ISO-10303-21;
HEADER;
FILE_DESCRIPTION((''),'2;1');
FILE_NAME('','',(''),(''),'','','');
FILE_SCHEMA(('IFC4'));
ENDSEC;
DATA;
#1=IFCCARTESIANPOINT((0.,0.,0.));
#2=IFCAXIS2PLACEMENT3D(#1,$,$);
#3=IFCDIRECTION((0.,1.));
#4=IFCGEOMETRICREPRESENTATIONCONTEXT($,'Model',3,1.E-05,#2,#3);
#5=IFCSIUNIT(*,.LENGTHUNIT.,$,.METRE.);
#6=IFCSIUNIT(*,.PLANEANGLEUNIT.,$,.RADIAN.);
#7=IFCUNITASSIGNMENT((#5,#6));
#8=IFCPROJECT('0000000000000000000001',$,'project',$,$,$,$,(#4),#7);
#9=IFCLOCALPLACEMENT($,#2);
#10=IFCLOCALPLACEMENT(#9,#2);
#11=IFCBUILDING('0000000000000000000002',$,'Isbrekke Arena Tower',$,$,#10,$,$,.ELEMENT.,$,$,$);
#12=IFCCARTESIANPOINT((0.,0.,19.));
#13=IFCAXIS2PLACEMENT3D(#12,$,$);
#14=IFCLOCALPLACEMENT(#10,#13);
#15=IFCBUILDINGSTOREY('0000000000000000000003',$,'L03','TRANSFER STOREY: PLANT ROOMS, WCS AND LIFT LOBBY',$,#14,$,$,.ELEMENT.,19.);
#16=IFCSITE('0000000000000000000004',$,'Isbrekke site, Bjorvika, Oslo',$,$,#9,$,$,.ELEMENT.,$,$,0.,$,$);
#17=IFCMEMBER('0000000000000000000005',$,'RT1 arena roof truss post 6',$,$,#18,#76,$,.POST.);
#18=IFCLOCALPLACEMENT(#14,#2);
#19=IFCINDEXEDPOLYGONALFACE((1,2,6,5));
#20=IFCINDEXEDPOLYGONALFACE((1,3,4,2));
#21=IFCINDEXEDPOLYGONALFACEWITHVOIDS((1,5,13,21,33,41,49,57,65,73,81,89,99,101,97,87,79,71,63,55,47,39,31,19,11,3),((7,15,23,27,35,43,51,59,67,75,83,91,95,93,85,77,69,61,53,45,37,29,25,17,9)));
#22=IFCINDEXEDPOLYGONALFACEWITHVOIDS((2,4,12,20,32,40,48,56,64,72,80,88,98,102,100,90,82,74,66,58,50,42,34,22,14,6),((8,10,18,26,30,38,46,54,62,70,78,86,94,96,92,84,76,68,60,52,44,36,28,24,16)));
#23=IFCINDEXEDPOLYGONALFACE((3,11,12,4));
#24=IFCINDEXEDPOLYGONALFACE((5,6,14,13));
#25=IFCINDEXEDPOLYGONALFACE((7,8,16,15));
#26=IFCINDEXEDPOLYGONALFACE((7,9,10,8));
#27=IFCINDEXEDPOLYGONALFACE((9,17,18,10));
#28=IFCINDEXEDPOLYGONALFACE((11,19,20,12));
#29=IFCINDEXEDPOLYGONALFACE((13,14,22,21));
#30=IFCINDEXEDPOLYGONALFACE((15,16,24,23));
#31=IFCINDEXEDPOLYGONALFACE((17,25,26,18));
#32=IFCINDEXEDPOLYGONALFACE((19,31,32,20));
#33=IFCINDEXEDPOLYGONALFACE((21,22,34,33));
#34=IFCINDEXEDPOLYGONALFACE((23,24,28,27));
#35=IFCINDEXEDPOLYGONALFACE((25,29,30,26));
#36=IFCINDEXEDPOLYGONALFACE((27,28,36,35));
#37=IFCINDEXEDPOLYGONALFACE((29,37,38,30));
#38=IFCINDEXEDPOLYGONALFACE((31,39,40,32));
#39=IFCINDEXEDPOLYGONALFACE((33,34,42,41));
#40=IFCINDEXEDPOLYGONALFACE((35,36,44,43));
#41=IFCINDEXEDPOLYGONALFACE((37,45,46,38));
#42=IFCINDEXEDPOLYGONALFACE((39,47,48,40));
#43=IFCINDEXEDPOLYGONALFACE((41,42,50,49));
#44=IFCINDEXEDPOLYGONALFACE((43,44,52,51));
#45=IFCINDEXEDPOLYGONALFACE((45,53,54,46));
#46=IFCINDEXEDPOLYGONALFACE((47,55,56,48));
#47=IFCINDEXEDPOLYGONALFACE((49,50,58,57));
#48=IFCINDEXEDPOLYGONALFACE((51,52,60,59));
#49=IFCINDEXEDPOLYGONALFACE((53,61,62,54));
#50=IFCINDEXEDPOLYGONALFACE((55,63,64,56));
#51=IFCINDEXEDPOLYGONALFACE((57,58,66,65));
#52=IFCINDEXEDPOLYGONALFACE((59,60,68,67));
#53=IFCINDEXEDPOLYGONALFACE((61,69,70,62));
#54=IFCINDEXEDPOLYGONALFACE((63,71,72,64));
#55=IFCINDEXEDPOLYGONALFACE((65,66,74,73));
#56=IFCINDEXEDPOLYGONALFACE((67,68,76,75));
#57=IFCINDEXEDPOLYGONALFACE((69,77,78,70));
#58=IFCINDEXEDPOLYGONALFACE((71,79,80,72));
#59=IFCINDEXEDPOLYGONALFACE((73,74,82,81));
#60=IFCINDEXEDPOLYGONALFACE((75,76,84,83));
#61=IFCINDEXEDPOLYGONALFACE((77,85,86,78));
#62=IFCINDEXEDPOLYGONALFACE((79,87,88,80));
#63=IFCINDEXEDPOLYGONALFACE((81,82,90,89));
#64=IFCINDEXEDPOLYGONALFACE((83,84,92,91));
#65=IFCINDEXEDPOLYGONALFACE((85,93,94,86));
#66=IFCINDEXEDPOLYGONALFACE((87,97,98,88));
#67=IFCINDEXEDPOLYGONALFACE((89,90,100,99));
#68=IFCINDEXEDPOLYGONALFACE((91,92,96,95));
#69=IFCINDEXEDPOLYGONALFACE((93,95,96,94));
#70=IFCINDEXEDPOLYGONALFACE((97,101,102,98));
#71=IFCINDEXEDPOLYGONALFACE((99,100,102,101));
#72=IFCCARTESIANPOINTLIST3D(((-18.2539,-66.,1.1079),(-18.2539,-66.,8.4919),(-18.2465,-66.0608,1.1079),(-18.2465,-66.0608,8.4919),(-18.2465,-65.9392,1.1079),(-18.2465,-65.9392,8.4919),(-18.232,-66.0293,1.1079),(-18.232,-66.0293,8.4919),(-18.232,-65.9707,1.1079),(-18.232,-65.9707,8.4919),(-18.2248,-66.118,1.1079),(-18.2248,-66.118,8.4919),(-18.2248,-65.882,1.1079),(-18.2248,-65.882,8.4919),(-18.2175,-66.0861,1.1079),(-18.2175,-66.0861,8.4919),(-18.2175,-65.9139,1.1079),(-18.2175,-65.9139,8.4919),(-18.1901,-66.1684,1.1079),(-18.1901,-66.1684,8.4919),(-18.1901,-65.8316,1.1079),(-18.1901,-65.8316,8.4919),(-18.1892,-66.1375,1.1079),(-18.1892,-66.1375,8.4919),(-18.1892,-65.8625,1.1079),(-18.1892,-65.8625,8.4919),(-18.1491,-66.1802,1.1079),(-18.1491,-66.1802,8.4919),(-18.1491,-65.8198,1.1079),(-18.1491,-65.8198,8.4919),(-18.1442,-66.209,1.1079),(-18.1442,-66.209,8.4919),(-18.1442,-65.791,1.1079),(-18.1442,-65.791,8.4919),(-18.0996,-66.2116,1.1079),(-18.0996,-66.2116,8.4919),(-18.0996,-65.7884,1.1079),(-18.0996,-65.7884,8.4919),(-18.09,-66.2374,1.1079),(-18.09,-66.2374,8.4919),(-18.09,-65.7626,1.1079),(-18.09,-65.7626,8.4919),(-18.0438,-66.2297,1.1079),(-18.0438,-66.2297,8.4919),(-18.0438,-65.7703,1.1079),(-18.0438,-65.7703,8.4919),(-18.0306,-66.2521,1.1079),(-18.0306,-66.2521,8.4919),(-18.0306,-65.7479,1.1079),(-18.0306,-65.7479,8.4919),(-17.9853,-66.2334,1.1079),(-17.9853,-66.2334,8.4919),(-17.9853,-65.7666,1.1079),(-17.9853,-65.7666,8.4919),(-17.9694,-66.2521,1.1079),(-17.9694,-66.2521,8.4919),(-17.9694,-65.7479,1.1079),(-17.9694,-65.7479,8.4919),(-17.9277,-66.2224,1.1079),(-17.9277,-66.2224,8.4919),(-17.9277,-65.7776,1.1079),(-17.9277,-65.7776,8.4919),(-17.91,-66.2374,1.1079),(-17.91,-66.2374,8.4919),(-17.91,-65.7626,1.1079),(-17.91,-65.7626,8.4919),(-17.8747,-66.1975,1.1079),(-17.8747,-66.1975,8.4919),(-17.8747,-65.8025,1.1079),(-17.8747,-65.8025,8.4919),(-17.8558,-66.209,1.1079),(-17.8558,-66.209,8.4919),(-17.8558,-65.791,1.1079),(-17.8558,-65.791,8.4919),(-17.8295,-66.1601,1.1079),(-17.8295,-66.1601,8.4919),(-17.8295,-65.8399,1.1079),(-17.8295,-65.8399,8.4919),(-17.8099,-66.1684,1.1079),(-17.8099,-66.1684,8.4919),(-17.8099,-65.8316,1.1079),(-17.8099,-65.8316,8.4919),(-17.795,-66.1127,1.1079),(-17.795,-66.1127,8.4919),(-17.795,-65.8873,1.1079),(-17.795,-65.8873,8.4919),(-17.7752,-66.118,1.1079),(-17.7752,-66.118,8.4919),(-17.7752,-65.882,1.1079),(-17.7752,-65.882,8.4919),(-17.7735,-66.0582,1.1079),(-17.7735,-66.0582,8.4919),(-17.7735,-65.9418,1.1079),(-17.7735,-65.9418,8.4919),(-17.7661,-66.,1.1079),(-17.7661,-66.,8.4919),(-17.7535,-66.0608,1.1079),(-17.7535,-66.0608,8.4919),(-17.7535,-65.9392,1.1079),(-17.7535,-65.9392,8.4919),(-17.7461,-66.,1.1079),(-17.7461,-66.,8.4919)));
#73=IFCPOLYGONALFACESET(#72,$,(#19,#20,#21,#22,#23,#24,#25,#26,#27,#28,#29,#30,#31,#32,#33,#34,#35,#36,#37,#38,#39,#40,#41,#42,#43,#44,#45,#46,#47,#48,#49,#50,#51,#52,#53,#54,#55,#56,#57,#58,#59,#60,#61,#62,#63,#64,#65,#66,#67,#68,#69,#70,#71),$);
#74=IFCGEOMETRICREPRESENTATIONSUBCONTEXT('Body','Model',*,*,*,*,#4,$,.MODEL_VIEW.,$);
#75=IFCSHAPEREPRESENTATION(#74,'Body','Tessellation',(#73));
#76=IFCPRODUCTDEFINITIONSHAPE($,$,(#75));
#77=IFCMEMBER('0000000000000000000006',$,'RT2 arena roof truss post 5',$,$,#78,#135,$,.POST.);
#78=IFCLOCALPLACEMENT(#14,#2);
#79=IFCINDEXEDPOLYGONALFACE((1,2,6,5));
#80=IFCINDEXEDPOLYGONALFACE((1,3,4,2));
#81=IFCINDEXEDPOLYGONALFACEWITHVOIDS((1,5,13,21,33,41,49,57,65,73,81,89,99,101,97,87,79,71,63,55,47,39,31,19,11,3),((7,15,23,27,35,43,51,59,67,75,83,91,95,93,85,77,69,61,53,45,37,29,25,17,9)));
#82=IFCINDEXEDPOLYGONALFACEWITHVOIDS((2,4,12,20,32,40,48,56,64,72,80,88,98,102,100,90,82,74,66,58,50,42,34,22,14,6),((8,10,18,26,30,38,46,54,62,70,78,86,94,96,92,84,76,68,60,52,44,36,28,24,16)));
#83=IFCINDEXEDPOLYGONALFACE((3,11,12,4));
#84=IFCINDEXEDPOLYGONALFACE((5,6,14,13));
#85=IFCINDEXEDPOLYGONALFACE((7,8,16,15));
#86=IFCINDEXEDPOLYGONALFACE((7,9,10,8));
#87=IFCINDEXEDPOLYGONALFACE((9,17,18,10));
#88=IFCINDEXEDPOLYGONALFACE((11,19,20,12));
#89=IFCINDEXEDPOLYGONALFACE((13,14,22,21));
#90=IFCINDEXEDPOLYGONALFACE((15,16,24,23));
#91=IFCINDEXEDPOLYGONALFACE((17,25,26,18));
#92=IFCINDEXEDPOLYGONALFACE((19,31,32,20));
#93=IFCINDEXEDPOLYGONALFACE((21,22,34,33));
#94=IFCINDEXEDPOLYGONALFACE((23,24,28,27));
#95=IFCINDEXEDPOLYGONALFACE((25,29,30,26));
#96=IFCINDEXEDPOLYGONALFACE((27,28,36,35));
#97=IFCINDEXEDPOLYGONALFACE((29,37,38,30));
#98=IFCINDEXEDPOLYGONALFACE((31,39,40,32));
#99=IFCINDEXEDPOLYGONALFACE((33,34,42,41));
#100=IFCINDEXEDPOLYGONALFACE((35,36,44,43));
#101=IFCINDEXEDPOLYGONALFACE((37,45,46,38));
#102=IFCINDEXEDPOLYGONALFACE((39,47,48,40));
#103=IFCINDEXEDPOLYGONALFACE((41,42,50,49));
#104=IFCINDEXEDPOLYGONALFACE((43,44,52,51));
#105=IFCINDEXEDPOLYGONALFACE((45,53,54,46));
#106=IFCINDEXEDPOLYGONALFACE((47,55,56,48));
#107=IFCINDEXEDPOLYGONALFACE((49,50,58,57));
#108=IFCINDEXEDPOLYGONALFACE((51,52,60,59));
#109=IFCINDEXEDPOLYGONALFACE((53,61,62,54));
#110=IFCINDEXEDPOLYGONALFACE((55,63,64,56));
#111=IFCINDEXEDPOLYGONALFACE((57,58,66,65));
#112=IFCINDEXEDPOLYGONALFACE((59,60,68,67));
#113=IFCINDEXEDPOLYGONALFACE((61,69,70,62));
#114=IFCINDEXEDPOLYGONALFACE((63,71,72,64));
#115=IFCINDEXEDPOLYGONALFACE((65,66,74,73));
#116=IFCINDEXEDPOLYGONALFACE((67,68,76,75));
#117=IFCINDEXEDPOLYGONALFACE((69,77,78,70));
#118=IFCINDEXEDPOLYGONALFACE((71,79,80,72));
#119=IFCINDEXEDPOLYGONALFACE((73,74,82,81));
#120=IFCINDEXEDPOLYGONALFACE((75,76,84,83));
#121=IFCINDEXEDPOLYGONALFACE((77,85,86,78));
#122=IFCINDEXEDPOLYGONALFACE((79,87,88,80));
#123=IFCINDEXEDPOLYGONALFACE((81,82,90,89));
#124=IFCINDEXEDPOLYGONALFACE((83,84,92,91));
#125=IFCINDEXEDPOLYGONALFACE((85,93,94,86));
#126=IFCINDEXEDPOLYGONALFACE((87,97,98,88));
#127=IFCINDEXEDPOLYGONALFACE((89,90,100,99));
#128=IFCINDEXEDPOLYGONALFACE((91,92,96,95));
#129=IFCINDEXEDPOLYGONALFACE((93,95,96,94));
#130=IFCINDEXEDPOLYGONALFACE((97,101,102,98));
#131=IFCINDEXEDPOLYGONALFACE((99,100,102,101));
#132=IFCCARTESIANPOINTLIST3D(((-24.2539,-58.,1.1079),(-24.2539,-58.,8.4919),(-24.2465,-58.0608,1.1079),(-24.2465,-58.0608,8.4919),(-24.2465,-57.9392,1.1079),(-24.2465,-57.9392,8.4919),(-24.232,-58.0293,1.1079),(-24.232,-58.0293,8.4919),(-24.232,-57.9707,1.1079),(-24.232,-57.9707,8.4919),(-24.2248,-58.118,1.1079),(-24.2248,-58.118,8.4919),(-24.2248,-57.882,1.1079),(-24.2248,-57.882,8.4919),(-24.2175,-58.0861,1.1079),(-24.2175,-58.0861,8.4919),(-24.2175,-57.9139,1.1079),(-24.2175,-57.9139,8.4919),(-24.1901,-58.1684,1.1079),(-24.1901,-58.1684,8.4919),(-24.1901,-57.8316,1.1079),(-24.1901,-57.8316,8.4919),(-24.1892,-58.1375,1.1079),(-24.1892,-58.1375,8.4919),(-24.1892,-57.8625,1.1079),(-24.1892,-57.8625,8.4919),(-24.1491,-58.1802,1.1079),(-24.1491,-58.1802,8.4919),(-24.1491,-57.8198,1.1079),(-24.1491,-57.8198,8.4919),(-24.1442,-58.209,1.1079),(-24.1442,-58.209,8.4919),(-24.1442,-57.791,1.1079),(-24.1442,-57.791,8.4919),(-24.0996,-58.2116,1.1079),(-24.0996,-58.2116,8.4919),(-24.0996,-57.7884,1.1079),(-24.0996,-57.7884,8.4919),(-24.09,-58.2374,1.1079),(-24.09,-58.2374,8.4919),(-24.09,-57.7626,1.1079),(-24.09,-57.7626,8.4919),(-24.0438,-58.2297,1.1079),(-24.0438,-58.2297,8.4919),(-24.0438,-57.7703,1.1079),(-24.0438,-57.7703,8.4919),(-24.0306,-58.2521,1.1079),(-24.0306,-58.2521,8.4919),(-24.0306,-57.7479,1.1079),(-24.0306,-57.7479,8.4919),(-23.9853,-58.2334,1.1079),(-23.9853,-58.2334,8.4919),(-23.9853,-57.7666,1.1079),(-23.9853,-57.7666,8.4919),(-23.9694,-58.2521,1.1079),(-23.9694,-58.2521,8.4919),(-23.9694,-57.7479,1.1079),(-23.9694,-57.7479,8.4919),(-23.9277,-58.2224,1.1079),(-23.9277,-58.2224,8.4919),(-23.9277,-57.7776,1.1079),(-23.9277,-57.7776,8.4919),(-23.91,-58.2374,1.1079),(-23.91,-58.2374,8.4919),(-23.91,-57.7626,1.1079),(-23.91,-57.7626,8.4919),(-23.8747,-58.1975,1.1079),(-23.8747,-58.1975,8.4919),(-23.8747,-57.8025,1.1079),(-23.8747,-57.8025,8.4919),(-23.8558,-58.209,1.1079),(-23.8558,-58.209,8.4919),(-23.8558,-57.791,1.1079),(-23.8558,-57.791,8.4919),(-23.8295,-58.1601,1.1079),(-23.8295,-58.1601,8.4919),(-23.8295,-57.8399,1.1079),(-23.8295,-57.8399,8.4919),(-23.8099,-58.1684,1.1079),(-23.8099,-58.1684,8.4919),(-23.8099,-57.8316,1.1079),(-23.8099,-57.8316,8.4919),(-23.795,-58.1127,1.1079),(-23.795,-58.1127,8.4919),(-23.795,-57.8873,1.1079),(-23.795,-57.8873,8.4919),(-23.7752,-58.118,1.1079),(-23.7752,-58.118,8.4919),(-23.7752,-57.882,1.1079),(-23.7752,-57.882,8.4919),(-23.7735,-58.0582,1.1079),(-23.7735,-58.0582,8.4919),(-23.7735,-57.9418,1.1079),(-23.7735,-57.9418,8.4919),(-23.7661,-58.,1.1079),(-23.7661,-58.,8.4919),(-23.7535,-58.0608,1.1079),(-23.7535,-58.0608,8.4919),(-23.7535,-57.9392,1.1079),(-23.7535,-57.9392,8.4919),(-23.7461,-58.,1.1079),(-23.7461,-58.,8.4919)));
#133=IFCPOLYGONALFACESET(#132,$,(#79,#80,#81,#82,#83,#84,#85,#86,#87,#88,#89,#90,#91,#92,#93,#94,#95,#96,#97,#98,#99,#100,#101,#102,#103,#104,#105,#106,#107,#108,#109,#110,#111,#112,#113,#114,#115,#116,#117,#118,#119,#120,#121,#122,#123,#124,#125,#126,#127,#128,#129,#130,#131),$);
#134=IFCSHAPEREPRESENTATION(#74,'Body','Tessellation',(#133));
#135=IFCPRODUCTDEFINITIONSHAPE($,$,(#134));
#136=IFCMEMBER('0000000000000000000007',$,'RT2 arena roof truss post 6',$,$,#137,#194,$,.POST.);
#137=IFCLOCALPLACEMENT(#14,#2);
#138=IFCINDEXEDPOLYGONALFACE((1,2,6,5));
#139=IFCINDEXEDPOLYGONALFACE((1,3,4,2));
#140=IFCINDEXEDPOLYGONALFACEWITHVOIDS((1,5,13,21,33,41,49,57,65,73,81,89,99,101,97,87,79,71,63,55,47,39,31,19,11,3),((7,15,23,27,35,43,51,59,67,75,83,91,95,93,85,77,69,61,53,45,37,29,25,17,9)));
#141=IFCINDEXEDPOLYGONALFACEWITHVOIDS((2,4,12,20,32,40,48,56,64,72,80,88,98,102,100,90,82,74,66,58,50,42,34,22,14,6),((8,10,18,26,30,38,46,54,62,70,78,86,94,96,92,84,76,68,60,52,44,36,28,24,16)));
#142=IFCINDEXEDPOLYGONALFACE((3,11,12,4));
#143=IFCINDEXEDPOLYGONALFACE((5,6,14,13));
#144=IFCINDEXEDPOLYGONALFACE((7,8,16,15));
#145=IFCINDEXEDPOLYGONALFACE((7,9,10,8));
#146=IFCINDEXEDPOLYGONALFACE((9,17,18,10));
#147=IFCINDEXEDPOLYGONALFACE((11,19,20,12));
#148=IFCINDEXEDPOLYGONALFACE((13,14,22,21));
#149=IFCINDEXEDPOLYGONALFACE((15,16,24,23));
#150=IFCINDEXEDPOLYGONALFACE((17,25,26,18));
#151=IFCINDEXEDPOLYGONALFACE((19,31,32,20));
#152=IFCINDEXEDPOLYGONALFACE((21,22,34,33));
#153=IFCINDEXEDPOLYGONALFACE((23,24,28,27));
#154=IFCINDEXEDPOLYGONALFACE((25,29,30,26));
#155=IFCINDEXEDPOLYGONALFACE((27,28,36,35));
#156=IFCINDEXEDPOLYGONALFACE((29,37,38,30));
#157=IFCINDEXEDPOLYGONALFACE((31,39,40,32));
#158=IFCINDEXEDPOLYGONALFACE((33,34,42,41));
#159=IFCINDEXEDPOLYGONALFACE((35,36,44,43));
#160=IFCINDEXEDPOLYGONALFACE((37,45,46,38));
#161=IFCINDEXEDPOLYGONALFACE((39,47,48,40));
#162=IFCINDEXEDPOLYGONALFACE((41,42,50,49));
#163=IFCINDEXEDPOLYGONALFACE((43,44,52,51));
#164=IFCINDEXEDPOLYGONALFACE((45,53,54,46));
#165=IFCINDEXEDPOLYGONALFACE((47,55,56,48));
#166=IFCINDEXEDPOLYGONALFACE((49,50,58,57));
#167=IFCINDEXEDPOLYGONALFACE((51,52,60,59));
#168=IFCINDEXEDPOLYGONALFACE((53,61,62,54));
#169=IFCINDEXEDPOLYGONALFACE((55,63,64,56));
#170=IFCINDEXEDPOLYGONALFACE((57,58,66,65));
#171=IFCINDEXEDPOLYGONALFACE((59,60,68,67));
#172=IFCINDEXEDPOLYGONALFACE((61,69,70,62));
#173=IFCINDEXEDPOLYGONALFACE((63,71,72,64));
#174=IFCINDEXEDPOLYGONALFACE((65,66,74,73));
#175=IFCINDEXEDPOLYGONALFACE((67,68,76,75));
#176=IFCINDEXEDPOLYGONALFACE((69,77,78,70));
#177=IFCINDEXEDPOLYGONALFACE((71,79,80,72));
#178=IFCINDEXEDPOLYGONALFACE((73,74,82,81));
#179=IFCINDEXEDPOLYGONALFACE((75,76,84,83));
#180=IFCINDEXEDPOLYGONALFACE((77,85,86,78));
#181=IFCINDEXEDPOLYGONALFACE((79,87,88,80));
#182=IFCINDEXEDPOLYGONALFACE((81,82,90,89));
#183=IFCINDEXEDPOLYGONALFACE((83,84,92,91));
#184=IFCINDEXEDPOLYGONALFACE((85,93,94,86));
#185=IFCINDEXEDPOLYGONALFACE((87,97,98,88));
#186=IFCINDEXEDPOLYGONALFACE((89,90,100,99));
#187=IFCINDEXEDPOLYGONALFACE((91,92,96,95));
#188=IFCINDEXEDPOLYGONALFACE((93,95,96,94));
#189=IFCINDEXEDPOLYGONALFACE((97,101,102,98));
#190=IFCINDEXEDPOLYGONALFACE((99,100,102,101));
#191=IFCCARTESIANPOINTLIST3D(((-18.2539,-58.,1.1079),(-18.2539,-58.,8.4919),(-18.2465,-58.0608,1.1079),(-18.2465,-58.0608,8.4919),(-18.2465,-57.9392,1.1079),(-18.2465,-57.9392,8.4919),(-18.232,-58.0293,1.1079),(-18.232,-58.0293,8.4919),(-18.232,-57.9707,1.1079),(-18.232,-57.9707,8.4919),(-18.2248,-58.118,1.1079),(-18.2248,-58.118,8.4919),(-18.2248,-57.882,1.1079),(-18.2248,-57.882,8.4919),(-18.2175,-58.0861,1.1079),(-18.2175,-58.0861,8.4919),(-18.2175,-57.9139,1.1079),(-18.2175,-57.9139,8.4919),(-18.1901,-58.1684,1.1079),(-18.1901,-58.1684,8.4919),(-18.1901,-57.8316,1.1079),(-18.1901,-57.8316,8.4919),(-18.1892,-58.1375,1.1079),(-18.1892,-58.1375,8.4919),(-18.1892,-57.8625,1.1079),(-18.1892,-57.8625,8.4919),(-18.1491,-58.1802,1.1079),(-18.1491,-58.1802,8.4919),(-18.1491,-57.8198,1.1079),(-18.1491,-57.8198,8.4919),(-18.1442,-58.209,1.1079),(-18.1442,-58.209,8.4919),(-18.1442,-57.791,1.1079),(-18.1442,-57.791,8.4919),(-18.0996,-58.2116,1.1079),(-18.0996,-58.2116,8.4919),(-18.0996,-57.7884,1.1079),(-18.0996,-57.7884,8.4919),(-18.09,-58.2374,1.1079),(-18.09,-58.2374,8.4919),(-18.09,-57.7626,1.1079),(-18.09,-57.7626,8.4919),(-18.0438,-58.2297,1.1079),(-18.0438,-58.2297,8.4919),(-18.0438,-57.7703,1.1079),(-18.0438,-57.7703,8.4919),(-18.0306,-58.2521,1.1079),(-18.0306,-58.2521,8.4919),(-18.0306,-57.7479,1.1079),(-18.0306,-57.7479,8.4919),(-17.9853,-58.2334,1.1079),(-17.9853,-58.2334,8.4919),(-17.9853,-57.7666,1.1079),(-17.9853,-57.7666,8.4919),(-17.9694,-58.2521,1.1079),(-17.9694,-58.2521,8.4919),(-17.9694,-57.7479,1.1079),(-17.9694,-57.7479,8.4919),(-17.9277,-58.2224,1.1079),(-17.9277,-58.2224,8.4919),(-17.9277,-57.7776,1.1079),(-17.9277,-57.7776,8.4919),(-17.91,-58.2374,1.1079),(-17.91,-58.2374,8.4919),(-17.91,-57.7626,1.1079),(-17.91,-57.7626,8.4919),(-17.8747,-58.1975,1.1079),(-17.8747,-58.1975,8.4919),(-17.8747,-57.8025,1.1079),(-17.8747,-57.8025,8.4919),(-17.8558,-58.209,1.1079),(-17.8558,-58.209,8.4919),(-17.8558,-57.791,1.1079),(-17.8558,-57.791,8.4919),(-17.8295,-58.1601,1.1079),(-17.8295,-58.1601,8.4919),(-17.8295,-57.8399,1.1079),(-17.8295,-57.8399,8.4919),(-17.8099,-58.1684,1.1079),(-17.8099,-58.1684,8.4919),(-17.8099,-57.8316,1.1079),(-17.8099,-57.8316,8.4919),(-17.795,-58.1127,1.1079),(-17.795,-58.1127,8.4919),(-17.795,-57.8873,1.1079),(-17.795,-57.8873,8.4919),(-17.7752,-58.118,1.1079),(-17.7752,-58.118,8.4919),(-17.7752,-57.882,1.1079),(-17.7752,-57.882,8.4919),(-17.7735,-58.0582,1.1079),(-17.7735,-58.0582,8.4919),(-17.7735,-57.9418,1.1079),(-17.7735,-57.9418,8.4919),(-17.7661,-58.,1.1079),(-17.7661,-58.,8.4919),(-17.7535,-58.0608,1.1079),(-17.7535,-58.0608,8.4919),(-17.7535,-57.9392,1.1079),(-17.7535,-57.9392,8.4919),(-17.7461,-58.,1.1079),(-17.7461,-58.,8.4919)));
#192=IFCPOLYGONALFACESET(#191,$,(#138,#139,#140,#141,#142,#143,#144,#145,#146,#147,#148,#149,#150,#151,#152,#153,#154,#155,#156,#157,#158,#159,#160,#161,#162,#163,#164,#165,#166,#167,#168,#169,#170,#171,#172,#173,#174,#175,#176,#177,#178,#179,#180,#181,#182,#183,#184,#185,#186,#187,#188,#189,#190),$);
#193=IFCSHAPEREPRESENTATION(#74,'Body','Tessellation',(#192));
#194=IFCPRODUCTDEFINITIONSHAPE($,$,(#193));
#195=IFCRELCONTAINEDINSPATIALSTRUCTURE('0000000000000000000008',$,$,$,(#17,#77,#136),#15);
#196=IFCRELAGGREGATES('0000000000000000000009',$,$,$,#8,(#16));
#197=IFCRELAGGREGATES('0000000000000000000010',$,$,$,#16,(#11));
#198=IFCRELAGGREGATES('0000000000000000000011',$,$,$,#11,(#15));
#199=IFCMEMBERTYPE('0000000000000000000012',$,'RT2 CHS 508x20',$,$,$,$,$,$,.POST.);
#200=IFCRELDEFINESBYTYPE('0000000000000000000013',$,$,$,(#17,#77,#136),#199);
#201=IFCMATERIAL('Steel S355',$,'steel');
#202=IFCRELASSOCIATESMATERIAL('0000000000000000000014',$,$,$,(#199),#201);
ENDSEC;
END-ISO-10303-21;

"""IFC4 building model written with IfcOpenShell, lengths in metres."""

from ifc_helpers import new_model, si_unit, direction, frame, origin, origin_2d, place, context, subcontext, project, spatial, hollow_circle, extrude, material, material_profile, profile_set, type_object, element, save


model = new_model("IFC4")

# Units and contexts
model_context = context("Model", 3, precision=1e-05, world=origin(), true_north=direction((0.0, 1.0)))
body_context = subcontext(model_context, "Body", "Model", "MODEL_VIEW")
ifc_project = project(units=[si_unit("LENGTHUNIT", "METRE"), si_unit("PLANEANGLEUNIT", "RADIAN")], contexts=[model_context])

# Site, building, storey
site_placement = place(None, origin())
site = spatial("IfcSite", under=ifc_project, at=site_placement, Name="Isbrekke site, Bjorvika, Oslo", CompositionType="ELEMENT", RefElevation=0.0)
building_placement = place(site_placement, origin())
building = spatial("IfcBuilding", under=site, at=building_placement, Name="Isbrekke Arena Tower", CompositionType="ELEMENT")
storey_placement = place(building_placement, frame((0.0, 0.0, 19.0)))
storey = spatial("IfcBuildingStorey", under=building, at=storey_placement, Name="L03", Description="TRANSFER STOREY: PLANT ROOMS, WCS AND LIFT LOBBY", CompositionType="ELEMENT", Elevation=19.0)

# Members
ifc_material_1 = material(Name="Steel S355", Category="steel")
ifc_material_profile_1 = material_profile(ifc_material_1, hollow_circle(Radius=0.2539, WallThickness=0.02, at=origin_2d()), Name="CHS 508x20")
ifc_profile_set_1 = profile_set([ifc_material_profile_1], Name="Steel S355")
member_type_1 = type_object("IfcMemberType", Name="RT2 CHS 508x20", PredefinedType="POST", material=ifc_profile_set_1)
for number, where, z_axis, x_axis, name in (
    (1, (-18.0, -66.0, 1.1079), (0.0, 0.0, 1.0), (1.0, 0.0, 0.0), "RT1 arena roof truss post 6"),
    (2, (-24.0, -58.0, 1.1079), (0.0, 0.0, 1.0), (1.0, 0.0, 0.0), "RT2 arena roof truss post 5"),
    (3, (-18.0, -58.0, 1.1079), (0.0, 0.0, 1.0), (1.0, 0.0, 0.0), "RT2 arena roof truss post 6"),
):
    element("IfcMember", number, at=place(storey_placement, frame(where, z_axis=z_axis, x_axis=x_axis)), inside=storey, type_object=member_type_1, Name=name, PredefinedType="POST", context=body_context, shape_type="SweptSolid", body=[
        extrude(hollow_circle(Radius=0.2539, WallThickness=0.02, at=origin_2d()), origin(), (0.0, 0.0, 1.0), 7.384),
    ])

save(model, "model.ifc")
